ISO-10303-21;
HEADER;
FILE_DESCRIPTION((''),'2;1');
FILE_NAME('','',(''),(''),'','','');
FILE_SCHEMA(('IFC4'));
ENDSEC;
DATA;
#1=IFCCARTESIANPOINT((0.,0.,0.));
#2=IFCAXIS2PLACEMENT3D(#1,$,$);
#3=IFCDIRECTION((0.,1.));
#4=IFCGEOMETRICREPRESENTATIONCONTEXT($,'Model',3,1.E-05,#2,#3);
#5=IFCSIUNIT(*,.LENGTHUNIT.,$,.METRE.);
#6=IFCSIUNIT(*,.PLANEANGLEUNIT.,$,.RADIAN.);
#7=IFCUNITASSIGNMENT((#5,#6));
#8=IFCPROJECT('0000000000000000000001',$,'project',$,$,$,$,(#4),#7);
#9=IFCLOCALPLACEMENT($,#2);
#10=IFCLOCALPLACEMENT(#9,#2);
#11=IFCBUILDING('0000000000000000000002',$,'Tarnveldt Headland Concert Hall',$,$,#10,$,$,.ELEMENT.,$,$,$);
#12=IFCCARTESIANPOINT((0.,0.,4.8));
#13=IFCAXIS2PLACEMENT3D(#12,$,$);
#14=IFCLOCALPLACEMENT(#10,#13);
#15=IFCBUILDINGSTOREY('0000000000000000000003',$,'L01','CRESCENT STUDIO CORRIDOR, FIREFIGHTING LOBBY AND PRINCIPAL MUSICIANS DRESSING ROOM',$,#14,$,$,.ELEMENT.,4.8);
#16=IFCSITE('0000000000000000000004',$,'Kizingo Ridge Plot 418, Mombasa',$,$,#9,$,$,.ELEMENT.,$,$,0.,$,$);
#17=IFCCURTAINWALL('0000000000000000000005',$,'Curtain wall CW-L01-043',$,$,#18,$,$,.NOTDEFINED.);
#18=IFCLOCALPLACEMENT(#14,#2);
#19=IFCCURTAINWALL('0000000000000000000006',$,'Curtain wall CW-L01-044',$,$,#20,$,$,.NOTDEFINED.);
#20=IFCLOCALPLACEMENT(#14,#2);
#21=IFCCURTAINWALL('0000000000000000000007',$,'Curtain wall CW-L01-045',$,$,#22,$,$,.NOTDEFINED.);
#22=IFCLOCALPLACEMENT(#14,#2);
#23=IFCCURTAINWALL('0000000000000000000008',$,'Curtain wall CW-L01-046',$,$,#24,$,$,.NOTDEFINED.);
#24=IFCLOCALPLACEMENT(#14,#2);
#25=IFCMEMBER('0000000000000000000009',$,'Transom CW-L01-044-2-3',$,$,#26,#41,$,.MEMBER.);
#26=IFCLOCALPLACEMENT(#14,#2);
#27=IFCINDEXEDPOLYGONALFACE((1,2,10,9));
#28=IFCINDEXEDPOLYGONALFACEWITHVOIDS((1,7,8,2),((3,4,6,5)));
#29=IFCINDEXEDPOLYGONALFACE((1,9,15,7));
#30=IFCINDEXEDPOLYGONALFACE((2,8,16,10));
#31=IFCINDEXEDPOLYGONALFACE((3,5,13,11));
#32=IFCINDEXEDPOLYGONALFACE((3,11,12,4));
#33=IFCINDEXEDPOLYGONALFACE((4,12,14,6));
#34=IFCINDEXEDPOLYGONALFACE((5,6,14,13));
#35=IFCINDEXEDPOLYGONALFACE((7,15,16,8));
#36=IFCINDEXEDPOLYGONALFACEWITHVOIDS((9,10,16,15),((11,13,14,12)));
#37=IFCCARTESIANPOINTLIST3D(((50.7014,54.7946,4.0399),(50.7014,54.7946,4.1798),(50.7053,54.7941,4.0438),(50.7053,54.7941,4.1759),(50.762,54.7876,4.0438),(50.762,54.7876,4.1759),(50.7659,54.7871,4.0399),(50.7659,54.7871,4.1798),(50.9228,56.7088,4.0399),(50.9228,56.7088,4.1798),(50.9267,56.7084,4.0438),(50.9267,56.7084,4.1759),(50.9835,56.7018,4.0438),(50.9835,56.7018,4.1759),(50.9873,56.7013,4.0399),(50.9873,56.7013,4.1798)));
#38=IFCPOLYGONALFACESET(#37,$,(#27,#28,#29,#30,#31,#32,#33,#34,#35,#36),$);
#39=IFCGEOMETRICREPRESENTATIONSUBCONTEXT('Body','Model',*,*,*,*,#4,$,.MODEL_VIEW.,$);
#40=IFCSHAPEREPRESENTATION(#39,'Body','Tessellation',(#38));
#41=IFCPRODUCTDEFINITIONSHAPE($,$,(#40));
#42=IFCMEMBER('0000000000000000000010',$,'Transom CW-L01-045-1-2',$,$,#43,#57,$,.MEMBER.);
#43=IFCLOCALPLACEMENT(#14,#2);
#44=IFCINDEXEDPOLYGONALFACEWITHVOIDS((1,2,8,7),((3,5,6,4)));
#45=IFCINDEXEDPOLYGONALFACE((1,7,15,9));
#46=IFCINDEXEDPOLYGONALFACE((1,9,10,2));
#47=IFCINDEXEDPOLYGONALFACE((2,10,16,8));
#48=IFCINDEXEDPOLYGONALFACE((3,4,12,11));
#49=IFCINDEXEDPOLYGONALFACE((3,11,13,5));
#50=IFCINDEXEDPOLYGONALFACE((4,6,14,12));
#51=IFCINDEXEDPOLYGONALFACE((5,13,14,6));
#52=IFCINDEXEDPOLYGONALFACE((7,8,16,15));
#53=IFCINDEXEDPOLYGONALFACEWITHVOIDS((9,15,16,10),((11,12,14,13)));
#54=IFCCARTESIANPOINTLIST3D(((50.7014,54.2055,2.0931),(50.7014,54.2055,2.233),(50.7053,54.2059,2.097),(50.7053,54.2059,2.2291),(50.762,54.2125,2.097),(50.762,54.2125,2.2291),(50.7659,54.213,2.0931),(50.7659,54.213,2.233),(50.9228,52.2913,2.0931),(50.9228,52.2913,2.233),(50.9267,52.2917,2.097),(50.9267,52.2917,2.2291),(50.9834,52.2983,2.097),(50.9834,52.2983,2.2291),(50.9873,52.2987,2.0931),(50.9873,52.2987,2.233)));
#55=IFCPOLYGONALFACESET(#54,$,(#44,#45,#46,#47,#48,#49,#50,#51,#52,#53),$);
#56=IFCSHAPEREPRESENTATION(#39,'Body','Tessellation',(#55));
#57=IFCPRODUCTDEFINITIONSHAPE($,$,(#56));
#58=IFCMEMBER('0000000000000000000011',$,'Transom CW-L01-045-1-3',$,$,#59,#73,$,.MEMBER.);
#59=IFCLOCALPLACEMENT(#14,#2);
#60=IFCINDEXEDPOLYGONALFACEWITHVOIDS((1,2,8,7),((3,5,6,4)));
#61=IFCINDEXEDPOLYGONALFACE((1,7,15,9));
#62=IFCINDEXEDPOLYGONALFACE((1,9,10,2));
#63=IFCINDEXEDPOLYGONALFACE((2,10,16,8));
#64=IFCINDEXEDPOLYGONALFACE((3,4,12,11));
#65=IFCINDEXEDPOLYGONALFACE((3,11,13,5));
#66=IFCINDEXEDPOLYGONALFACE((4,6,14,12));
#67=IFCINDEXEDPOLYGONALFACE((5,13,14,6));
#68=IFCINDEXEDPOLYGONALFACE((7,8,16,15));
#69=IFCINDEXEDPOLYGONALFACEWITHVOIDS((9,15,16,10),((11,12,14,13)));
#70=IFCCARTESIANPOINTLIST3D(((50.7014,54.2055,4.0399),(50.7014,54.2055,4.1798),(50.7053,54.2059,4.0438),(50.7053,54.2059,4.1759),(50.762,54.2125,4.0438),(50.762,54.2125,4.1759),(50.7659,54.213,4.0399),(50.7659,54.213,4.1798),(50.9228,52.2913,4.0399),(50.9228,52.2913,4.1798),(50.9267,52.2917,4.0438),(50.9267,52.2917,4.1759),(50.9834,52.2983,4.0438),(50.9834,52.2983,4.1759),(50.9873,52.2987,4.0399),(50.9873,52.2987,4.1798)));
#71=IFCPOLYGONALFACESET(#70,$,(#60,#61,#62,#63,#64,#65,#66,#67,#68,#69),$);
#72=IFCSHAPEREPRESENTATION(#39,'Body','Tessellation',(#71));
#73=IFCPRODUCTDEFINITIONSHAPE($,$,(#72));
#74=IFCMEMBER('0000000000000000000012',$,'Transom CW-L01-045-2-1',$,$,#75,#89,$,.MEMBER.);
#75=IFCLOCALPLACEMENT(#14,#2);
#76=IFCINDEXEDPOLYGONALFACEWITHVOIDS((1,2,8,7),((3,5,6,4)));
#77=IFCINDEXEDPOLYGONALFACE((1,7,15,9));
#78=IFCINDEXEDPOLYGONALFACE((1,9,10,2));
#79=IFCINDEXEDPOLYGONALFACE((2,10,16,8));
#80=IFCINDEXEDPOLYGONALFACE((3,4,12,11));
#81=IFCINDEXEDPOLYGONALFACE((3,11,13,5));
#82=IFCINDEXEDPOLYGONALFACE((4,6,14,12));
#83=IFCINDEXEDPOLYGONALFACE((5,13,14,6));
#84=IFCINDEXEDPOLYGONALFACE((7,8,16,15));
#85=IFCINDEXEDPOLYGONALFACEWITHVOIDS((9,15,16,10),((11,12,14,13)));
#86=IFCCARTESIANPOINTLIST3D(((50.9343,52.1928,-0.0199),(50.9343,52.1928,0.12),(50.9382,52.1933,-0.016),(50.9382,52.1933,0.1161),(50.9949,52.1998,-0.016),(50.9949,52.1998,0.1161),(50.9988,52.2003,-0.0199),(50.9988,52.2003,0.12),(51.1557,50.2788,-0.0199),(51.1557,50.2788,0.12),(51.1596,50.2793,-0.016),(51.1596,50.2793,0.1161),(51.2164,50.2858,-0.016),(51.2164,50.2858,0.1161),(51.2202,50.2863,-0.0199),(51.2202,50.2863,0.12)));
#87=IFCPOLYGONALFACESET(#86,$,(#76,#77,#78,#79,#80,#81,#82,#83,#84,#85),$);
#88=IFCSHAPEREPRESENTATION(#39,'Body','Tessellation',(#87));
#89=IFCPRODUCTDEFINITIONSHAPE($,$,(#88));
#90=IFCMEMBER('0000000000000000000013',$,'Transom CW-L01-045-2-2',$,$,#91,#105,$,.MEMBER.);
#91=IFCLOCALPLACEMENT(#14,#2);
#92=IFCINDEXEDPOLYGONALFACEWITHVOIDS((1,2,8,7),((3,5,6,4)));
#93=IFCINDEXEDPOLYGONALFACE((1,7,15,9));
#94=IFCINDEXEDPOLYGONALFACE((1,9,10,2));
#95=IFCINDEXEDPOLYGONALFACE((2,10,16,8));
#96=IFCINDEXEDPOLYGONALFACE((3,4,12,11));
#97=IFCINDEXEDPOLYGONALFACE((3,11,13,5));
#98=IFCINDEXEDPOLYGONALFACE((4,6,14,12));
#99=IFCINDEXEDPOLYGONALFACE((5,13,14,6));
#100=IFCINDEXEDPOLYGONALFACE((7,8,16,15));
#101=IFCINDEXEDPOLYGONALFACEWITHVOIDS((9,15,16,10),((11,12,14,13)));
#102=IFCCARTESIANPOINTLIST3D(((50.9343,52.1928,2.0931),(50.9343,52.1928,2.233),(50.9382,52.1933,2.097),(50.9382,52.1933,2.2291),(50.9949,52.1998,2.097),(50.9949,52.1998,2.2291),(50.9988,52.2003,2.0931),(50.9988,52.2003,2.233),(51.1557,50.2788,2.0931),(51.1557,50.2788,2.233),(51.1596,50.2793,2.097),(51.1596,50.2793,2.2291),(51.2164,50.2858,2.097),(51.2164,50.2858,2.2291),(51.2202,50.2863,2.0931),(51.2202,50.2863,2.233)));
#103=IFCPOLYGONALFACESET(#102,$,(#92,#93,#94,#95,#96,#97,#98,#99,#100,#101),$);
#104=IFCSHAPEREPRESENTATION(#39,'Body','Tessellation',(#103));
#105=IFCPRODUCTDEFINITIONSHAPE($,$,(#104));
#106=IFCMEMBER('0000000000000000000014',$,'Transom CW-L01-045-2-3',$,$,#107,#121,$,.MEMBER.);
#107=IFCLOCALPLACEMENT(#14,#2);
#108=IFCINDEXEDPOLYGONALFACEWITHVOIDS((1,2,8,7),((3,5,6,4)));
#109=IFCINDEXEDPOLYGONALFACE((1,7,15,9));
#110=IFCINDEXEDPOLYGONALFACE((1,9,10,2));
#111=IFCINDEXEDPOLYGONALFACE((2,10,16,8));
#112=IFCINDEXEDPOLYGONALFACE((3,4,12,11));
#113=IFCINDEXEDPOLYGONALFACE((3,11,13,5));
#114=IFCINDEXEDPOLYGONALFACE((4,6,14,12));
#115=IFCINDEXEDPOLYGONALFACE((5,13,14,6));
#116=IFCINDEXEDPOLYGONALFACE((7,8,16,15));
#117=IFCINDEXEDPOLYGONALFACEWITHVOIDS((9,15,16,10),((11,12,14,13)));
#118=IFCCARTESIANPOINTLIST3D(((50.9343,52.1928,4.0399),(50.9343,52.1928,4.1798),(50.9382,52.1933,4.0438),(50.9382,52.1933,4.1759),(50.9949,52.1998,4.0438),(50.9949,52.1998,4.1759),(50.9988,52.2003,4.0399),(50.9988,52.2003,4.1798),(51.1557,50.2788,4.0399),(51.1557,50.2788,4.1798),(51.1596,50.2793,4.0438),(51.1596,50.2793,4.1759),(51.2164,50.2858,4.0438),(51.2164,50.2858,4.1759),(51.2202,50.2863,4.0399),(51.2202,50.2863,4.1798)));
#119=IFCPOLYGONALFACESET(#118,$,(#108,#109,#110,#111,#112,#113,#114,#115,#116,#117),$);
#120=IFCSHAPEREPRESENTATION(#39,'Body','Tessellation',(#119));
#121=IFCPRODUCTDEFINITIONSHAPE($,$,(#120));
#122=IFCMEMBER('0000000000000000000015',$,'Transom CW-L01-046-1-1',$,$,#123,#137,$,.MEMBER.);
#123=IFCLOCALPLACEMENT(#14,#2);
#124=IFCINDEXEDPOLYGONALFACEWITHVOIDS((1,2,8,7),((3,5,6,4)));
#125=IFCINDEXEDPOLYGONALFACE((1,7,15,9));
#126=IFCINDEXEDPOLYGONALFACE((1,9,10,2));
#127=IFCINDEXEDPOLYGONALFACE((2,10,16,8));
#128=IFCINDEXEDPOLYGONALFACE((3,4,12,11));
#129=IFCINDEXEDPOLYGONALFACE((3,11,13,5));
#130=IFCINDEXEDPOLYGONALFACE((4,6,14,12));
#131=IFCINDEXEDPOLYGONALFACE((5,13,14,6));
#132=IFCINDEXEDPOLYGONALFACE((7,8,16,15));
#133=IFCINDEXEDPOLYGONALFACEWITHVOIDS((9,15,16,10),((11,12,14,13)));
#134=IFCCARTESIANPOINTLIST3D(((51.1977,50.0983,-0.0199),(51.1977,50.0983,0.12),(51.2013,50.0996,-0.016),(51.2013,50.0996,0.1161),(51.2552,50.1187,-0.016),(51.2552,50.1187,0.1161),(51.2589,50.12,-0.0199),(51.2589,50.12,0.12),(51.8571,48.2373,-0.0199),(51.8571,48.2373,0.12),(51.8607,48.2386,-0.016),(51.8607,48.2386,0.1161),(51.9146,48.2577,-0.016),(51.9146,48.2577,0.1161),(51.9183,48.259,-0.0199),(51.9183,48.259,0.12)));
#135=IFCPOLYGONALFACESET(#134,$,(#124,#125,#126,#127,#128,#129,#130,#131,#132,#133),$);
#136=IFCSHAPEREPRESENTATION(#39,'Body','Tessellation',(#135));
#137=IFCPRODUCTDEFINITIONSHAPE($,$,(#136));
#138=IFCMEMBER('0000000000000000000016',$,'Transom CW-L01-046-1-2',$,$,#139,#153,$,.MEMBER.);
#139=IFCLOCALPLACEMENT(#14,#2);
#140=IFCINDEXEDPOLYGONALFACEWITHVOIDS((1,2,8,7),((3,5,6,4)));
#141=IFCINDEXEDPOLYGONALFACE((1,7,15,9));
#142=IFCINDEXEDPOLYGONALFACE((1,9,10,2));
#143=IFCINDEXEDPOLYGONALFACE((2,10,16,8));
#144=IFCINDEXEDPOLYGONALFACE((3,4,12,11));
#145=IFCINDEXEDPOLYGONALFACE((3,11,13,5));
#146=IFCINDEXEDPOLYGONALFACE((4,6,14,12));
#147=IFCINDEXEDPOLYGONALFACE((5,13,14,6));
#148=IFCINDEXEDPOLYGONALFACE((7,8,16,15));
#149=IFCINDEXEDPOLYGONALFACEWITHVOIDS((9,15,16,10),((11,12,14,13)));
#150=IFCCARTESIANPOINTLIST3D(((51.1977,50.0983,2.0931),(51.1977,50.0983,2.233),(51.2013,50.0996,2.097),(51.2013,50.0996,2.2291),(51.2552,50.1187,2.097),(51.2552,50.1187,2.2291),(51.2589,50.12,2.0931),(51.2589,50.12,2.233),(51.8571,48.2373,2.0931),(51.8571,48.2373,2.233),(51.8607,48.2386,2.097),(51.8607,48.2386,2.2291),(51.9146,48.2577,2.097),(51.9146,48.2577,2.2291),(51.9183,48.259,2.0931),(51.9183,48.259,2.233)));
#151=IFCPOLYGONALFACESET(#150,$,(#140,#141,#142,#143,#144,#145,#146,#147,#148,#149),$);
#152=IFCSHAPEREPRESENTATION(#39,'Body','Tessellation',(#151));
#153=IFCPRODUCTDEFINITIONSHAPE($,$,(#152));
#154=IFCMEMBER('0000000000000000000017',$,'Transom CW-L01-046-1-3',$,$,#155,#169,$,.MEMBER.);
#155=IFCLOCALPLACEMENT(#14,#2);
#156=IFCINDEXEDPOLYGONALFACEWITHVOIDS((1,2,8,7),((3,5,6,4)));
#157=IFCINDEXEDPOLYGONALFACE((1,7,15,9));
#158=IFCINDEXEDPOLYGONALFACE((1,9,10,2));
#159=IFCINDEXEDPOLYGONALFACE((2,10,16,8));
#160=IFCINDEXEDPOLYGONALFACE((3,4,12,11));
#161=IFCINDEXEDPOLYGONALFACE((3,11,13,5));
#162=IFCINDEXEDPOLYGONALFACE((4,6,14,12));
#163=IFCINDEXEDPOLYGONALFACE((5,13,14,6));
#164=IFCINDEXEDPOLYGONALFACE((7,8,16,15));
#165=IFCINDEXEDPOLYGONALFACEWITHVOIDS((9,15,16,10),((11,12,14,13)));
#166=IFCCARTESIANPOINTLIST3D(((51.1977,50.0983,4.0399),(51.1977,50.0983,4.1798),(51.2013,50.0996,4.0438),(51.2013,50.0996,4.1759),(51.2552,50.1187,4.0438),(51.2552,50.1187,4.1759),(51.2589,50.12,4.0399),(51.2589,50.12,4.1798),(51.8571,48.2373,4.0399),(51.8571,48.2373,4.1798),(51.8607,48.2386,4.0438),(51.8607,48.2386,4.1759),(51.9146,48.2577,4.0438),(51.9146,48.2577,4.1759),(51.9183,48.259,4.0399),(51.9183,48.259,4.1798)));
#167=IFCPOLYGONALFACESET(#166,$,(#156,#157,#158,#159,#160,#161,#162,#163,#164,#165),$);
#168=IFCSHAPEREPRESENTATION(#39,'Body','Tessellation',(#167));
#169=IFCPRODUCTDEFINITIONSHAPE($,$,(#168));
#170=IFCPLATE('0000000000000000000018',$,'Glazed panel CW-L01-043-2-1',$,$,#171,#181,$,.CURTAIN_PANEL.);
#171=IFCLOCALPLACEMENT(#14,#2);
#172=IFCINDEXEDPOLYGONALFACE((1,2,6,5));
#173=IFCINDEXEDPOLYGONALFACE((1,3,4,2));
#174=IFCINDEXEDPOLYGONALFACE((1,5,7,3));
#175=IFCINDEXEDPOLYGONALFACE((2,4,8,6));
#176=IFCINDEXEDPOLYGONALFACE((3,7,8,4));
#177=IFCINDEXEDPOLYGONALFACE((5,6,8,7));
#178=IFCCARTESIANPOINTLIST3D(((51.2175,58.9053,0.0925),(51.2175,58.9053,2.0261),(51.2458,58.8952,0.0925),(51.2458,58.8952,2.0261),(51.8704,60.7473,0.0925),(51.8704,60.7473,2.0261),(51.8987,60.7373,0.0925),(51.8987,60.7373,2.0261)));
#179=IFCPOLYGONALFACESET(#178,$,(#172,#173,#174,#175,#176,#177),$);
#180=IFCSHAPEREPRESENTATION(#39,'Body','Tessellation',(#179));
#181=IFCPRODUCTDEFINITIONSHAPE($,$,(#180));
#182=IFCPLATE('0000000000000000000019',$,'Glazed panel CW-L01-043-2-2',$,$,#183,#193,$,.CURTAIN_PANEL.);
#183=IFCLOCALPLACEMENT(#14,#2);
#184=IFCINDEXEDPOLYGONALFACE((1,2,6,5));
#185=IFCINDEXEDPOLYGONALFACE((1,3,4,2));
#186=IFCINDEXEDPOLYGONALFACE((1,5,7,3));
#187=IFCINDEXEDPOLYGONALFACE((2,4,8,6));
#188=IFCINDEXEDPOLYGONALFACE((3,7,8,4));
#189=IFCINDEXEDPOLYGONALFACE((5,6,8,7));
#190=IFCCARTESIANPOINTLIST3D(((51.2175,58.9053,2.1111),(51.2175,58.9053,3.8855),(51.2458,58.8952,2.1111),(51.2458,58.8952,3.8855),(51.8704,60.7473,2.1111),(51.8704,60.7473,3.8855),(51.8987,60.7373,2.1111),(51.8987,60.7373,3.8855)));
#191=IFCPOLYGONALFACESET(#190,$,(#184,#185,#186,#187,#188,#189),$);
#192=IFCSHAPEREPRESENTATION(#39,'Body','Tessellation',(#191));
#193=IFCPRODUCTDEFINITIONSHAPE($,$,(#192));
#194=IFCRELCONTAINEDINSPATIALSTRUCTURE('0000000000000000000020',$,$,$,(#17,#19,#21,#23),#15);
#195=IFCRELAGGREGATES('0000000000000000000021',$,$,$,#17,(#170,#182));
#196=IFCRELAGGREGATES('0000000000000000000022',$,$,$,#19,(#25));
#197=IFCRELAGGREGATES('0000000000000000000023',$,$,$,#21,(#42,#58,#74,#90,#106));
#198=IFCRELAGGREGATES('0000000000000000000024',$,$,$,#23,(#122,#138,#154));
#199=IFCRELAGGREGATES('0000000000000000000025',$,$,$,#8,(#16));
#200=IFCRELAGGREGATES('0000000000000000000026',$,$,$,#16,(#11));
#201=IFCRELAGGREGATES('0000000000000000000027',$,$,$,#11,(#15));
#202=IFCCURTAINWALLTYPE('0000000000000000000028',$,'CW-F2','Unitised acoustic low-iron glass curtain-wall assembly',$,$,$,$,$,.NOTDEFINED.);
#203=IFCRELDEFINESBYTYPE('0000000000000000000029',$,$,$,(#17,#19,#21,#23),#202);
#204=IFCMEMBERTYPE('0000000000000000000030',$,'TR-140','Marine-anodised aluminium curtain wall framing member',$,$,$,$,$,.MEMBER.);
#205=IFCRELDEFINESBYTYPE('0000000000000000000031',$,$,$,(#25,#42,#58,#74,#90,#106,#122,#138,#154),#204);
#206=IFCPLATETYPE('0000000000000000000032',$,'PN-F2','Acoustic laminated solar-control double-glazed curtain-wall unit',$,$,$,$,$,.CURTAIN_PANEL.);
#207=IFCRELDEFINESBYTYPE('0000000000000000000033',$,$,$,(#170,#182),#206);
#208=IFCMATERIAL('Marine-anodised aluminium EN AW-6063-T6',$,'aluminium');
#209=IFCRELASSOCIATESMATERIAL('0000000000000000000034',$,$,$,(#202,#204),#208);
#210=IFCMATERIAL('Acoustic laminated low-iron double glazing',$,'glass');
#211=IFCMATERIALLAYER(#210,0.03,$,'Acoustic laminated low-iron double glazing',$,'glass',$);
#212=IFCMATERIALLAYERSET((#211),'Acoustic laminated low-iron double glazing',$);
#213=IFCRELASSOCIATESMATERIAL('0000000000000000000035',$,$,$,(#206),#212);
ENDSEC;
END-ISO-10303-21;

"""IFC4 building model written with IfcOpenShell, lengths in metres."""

from ifc_helpers import new_model, si_unit, direction, frame, origin, origin_2d, place, context, subcontext, project, spatial, rectangle, hollow_rectangle, extrude, material, layer, layer_set, material_profile, profile_set, type_object, element, aggregate, save


model = new_model("IFC4")

# Units and contexts
model_context = context("Model", 3, precision=1e-05, world=origin(), true_north=direction((0.0, 1.0)))
body_context = subcontext(model_context, "Body", "Model", "MODEL_VIEW")
ifc_project = project(units=[si_unit("LENGTHUNIT", "METRE"), si_unit("PLANEANGLEUNIT", "RADIAN")], contexts=[model_context])

# Site, building, storey
site_placement = place(None, origin())
site = spatial("IfcSite", under=ifc_project, at=site_placement, Name="Kizingo Ridge Plot 418, Mombasa", CompositionType="ELEMENT", RefElevation=0.0)
building_placement = place(site_placement, origin())
building = spatial("IfcBuilding", under=site, at=building_placement, Name="Tarnveldt Headland Concert Hall", CompositionType="ELEMENT")
storey_placement = place(building_placement, frame((0.0, 0.0, 4.8)))
storey = spatial("IfcBuildingStorey", under=building, at=storey_placement, Name="L01", Description="CRESCENT STUDIO CORRIDOR, FIREFIGHTING LOBBY AND PRINCIPAL MUSICIANS DRESSING ROOM", CompositionType="ELEMENT", Elevation=4.8)

# Curtain wall
ifc_material_1 = material(Name="Marine-anodised aluminium EN AW-6063-T6", Category="aluminium")
curtain_wall_type = type_object("IfcCurtainWallType", Name="CW-F2", Description="Unitised acoustic low-iron glass curtain-wall assembly", PredefinedType="NOTDEFINED", material=ifc_material_1)
curtain_wall_1_placement = place(storey_placement, origin())
curtain_wall_1 = element("IfcCurtainWall", 1, at=curtain_wall_1_placement, inside=storey, type_object=curtain_wall_type, Name="Curtain wall CW-L01-043", PredefinedType="NOTDEFINED")

# Curtain walls
curtain_wall_2_placement = place(storey_placement, origin())
curtain_wall_2 = element("IfcCurtainWall", 2, at=curtain_wall_2_placement, inside=storey, type_object=curtain_wall_type, Name="Curtain wall CW-L01-044", PredefinedType="NOTDEFINED")
curtain_wall_3_placement = place(storey_placement, origin())
curtain_wall_3 = element("IfcCurtainWall", 3, at=curtain_wall_3_placement, inside=storey, type_object=curtain_wall_type, Name="Curtain wall CW-L01-045", PredefinedType="NOTDEFINED")

# Curtain wall
curtain_wall_4_placement = place(storey_placement, origin())
curtain_wall_4 = element("IfcCurtainWall", 4, at=curtain_wall_4_placement, inside=storey, type_object=curtain_wall_type, Name="Curtain wall CW-L01-046", PredefinedType="NOTDEFINED")

# Members
ifc_material_profile_1 = material_profile(ifc_material_1, hollow_rectangle(XDim=0.0649, YDim=0.1399, WallThickness=0.0039, at=origin_2d()), Name="ALU TRANSOM 65x140x4", Category="aluminium")
ifc_profile_set_1 = profile_set([ifc_material_profile_1], Name="Marine-anodised aluminium EN AW-6063-T6")
member_type_1 = type_object("IfcMemberType", Name="TR-140", Description="Marine-anodised aluminium curtain wall framing member", PredefinedType="MEMBER", material=ifc_profile_set_1)
member_1_placement = place(storey_placement, frame((50.9551, 56.7051, 4.1099), z_axis=(-0.114908, -0.993376, 0.0), x_axis=(0.993376, -0.114908, 0.0)))
member_1 = element("IfcMember", 5, at=member_1_placement, type_object=member_type_1, Name="Transom CW-L01-044-2-3", PredefinedType="MEMBER", context=body_context, shape_type="SweptSolid", body=[
    extrude(hollow_rectangle(XDim=0.0649, YDim=0.1399, WallThickness=0.0039, at=origin_2d()), origin(), (0.0, 0.0, 1.0), 1.927),
])
member_2_placement = place(storey_placement, frame((50.7336, 54.2092, 2.1631), z_axis=(0.114908, -0.993376, 0.0), x_axis=(0.993376, 0.114908, 0.0)))
member_2 = element("IfcMember", 6, at=member_2_placement, type_object=member_type_1, Name="Transom CW-L01-045-1-2", PredefinedType="MEMBER", context=body_context, shape_type="SweptSolid", body=[
    extrude(hollow_rectangle(XDim=0.0649, YDim=0.1399, WallThickness=0.0039, at=origin_2d()), origin(), (0.0, 0.0, 1.0), 1.927),
])
member_3_placement = place(storey_placement, frame((50.7336, 54.2092, 4.1099), z_axis=(0.114908, -0.993376, 0.0), x_axis=(0.993376, 0.114908, 0.0)))
member_3 = element("IfcMember", 7, at=member_3_placement, type_object=member_type_1, Name="Transom CW-L01-045-1-3", PredefinedType="MEMBER", context=body_context, shape_type="SweptSolid", body=[
    extrude(hollow_rectangle(XDim=0.0649, YDim=0.1399, WallThickness=0.0039, at=origin_2d()), origin(), (0.0, 0.0, 1.0), 1.927),
])
member_4_placement = place(storey_placement, frame((50.9666, 52.1965, 0.05), z_axis=(0.114922, -0.993374, 0.0), x_axis=(0.993374, 0.114922, 0.0)))
member_4 = element("IfcMember", 8, at=member_4_placement, type_object=member_type_1, Name="Transom CW-L01-045-2-1", PredefinedType="MEMBER", context=body_context, shape_type="SweptSolid", body=[
    extrude(hollow_rectangle(XDim=0.0649, YDim=0.1399, WallThickness=0.0039, at=origin_2d()), origin(), (0.0, 0.0, 1.0), 1.9268),
])
member_5_placement = place(storey_placement, frame((50.9666, 52.1965, 2.1631), z_axis=(0.114922, -0.993374, 0.0), x_axis=(0.993374, 0.114922, 0.0)))
member_5 = element("IfcMember", 9, at=member_5_placement, type_object=member_type_1, Name="Transom CW-L01-045-2-2", PredefinedType="MEMBER", context=body_context, shape_type="SweptSolid", body=[
    extrude(hollow_rectangle(XDim=0.0649, YDim=0.1399, WallThickness=0.0039, at=origin_2d()), origin(), (0.0, 0.0, 1.0), 1.9268),
])
member_6_placement = place(storey_placement, frame((50.9666, 52.1965, 4.1099), z_axis=(0.114922, -0.993374, 0.0), x_axis=(0.993374, 0.114922, 0.0)))
member_6 = element("IfcMember", 10, at=member_6_placement, type_object=member_type_1, Name="Transom CW-L01-045-2-3", PredefinedType="MEMBER", context=body_context, shape_type="SweptSolid", body=[
    extrude(hollow_rectangle(XDim=0.0649, YDim=0.1399, WallThickness=0.0039, at=origin_2d()), origin(), (0.0, 0.0, 1.0), 1.9268),
])
member_7_placement = place(storey_placement, frame((51.2283, 50.1091, 0.05), z_axis=(0.333978, -0.942581, 0.0), x_axis=(0.942581, 0.333978, 0.0)))
member_7 = element("IfcMember", 11, at=member_7_placement, type_object=member_type_1, Name="Transom CW-L01-046-1-1", PredefinedType="MEMBER", context=body_context, shape_type="SweptSolid", body=[
    extrude(hollow_rectangle(XDim=0.0649, YDim=0.1399, WallThickness=0.0039, at=origin_2d()), origin(), (0.0, 0.0, 1.0), 1.9744),
])
member_8_placement = place(storey_placement, frame((51.2283, 50.1091, 2.1631), z_axis=(0.333978, -0.942581, 0.0), x_axis=(0.942581, 0.333978, 0.0)))
member_8 = element("IfcMember", 12, at=member_8_placement, type_object=member_type_1, Name="Transom CW-L01-046-1-2", PredefinedType="MEMBER", context=body_context, shape_type="SweptSolid", body=[
    extrude(hollow_rectangle(XDim=0.0649, YDim=0.1399, WallThickness=0.0039, at=origin_2d()), origin(), (0.0, 0.0, 1.0), 1.9744),
])
member_9_placement = place(storey_placement, frame((51.2283, 50.1091, 4.1099), z_axis=(0.333978, -0.942581, 0.0), x_axis=(0.942581, 0.333978, 0.0)))
member_9 = element("IfcMember", 13, at=member_9_placement, type_object=member_type_1, Name="Transom CW-L01-046-1-3", PredefinedType="MEMBER", context=body_context, shape_type="SweptSolid", body=[
    extrude(hollow_rectangle(XDim=0.0649, YDim=0.1399, WallThickness=0.0039, at=origin_2d()), origin(), (0.0, 0.0, 1.0), 1.9744),
])

# Plates
ifc_material_2 = material(Name="Acoustic laminated low-iron double glazing", Category="glass")
ifc_layer_1 = layer(ifc_material_2, 0.03, Name="Acoustic laminated low-iron double glazing", Category="glass")
ifc_layer_set_1 = layer_set([ifc_layer_1], Name="Acoustic laminated low-iron double glazing")
plate_type = type_object("IfcPlateType", Name="PN-F2", Description="Acoustic laminated solar-control double-glazed curtain-wall unit", PredefinedType="CURTAIN_PANEL", material=ifc_layer_set_1)
plate_1_placement = place(storey_placement, frame((51.5581, 59.8213, 0.0925), z_axis=(0.0, 0.0, 1.0), x_axis=(-0.334037, -0.94256, 0.0)))
plate_1 = element("IfcPlate", 14, at=plate_1_placement, type_object=plate_type, Name="Glazed panel CW-L01-043-2-1", PredefinedType="CURTAIN_PANEL", context=body_context, shape_type="SweptSolid", body=[
    extrude(rectangle(XDim=1.9543, YDim=0.03, at=origin_2d()), origin(), (0.0, 0.0, 1.0), 1.9336),
])
plate_2_placement = place(storey_placement, frame((51.5581, 59.8213, 2.1111), z_axis=(0.0, 0.0, 1.0), x_axis=(-0.334037, -0.94256, 0.0)))
plate_2 = element("IfcPlate", 15, at=plate_2_placement, type_object=plate_type, Name="Glazed panel CW-L01-043-2-2", PredefinedType="CURTAIN_PANEL", context=body_context, shape_type="SweptSolid", body=[
    extrude(rectangle(XDim=1.9543, YDim=0.03, at=origin_2d()), origin(), (0.0, 0.0, 1.0), 1.7744),
])
aggregate(curtain_wall_1, [plate_1, plate_2])
aggregate(curtain_wall_2, [member_1])
aggregate(curtain_wall_3, [member_2, member_3, member_4, member_5, member_6])
aggregate(curtain_wall_4, [member_7, member_8, member_9])

save(model, "model.ifc")
